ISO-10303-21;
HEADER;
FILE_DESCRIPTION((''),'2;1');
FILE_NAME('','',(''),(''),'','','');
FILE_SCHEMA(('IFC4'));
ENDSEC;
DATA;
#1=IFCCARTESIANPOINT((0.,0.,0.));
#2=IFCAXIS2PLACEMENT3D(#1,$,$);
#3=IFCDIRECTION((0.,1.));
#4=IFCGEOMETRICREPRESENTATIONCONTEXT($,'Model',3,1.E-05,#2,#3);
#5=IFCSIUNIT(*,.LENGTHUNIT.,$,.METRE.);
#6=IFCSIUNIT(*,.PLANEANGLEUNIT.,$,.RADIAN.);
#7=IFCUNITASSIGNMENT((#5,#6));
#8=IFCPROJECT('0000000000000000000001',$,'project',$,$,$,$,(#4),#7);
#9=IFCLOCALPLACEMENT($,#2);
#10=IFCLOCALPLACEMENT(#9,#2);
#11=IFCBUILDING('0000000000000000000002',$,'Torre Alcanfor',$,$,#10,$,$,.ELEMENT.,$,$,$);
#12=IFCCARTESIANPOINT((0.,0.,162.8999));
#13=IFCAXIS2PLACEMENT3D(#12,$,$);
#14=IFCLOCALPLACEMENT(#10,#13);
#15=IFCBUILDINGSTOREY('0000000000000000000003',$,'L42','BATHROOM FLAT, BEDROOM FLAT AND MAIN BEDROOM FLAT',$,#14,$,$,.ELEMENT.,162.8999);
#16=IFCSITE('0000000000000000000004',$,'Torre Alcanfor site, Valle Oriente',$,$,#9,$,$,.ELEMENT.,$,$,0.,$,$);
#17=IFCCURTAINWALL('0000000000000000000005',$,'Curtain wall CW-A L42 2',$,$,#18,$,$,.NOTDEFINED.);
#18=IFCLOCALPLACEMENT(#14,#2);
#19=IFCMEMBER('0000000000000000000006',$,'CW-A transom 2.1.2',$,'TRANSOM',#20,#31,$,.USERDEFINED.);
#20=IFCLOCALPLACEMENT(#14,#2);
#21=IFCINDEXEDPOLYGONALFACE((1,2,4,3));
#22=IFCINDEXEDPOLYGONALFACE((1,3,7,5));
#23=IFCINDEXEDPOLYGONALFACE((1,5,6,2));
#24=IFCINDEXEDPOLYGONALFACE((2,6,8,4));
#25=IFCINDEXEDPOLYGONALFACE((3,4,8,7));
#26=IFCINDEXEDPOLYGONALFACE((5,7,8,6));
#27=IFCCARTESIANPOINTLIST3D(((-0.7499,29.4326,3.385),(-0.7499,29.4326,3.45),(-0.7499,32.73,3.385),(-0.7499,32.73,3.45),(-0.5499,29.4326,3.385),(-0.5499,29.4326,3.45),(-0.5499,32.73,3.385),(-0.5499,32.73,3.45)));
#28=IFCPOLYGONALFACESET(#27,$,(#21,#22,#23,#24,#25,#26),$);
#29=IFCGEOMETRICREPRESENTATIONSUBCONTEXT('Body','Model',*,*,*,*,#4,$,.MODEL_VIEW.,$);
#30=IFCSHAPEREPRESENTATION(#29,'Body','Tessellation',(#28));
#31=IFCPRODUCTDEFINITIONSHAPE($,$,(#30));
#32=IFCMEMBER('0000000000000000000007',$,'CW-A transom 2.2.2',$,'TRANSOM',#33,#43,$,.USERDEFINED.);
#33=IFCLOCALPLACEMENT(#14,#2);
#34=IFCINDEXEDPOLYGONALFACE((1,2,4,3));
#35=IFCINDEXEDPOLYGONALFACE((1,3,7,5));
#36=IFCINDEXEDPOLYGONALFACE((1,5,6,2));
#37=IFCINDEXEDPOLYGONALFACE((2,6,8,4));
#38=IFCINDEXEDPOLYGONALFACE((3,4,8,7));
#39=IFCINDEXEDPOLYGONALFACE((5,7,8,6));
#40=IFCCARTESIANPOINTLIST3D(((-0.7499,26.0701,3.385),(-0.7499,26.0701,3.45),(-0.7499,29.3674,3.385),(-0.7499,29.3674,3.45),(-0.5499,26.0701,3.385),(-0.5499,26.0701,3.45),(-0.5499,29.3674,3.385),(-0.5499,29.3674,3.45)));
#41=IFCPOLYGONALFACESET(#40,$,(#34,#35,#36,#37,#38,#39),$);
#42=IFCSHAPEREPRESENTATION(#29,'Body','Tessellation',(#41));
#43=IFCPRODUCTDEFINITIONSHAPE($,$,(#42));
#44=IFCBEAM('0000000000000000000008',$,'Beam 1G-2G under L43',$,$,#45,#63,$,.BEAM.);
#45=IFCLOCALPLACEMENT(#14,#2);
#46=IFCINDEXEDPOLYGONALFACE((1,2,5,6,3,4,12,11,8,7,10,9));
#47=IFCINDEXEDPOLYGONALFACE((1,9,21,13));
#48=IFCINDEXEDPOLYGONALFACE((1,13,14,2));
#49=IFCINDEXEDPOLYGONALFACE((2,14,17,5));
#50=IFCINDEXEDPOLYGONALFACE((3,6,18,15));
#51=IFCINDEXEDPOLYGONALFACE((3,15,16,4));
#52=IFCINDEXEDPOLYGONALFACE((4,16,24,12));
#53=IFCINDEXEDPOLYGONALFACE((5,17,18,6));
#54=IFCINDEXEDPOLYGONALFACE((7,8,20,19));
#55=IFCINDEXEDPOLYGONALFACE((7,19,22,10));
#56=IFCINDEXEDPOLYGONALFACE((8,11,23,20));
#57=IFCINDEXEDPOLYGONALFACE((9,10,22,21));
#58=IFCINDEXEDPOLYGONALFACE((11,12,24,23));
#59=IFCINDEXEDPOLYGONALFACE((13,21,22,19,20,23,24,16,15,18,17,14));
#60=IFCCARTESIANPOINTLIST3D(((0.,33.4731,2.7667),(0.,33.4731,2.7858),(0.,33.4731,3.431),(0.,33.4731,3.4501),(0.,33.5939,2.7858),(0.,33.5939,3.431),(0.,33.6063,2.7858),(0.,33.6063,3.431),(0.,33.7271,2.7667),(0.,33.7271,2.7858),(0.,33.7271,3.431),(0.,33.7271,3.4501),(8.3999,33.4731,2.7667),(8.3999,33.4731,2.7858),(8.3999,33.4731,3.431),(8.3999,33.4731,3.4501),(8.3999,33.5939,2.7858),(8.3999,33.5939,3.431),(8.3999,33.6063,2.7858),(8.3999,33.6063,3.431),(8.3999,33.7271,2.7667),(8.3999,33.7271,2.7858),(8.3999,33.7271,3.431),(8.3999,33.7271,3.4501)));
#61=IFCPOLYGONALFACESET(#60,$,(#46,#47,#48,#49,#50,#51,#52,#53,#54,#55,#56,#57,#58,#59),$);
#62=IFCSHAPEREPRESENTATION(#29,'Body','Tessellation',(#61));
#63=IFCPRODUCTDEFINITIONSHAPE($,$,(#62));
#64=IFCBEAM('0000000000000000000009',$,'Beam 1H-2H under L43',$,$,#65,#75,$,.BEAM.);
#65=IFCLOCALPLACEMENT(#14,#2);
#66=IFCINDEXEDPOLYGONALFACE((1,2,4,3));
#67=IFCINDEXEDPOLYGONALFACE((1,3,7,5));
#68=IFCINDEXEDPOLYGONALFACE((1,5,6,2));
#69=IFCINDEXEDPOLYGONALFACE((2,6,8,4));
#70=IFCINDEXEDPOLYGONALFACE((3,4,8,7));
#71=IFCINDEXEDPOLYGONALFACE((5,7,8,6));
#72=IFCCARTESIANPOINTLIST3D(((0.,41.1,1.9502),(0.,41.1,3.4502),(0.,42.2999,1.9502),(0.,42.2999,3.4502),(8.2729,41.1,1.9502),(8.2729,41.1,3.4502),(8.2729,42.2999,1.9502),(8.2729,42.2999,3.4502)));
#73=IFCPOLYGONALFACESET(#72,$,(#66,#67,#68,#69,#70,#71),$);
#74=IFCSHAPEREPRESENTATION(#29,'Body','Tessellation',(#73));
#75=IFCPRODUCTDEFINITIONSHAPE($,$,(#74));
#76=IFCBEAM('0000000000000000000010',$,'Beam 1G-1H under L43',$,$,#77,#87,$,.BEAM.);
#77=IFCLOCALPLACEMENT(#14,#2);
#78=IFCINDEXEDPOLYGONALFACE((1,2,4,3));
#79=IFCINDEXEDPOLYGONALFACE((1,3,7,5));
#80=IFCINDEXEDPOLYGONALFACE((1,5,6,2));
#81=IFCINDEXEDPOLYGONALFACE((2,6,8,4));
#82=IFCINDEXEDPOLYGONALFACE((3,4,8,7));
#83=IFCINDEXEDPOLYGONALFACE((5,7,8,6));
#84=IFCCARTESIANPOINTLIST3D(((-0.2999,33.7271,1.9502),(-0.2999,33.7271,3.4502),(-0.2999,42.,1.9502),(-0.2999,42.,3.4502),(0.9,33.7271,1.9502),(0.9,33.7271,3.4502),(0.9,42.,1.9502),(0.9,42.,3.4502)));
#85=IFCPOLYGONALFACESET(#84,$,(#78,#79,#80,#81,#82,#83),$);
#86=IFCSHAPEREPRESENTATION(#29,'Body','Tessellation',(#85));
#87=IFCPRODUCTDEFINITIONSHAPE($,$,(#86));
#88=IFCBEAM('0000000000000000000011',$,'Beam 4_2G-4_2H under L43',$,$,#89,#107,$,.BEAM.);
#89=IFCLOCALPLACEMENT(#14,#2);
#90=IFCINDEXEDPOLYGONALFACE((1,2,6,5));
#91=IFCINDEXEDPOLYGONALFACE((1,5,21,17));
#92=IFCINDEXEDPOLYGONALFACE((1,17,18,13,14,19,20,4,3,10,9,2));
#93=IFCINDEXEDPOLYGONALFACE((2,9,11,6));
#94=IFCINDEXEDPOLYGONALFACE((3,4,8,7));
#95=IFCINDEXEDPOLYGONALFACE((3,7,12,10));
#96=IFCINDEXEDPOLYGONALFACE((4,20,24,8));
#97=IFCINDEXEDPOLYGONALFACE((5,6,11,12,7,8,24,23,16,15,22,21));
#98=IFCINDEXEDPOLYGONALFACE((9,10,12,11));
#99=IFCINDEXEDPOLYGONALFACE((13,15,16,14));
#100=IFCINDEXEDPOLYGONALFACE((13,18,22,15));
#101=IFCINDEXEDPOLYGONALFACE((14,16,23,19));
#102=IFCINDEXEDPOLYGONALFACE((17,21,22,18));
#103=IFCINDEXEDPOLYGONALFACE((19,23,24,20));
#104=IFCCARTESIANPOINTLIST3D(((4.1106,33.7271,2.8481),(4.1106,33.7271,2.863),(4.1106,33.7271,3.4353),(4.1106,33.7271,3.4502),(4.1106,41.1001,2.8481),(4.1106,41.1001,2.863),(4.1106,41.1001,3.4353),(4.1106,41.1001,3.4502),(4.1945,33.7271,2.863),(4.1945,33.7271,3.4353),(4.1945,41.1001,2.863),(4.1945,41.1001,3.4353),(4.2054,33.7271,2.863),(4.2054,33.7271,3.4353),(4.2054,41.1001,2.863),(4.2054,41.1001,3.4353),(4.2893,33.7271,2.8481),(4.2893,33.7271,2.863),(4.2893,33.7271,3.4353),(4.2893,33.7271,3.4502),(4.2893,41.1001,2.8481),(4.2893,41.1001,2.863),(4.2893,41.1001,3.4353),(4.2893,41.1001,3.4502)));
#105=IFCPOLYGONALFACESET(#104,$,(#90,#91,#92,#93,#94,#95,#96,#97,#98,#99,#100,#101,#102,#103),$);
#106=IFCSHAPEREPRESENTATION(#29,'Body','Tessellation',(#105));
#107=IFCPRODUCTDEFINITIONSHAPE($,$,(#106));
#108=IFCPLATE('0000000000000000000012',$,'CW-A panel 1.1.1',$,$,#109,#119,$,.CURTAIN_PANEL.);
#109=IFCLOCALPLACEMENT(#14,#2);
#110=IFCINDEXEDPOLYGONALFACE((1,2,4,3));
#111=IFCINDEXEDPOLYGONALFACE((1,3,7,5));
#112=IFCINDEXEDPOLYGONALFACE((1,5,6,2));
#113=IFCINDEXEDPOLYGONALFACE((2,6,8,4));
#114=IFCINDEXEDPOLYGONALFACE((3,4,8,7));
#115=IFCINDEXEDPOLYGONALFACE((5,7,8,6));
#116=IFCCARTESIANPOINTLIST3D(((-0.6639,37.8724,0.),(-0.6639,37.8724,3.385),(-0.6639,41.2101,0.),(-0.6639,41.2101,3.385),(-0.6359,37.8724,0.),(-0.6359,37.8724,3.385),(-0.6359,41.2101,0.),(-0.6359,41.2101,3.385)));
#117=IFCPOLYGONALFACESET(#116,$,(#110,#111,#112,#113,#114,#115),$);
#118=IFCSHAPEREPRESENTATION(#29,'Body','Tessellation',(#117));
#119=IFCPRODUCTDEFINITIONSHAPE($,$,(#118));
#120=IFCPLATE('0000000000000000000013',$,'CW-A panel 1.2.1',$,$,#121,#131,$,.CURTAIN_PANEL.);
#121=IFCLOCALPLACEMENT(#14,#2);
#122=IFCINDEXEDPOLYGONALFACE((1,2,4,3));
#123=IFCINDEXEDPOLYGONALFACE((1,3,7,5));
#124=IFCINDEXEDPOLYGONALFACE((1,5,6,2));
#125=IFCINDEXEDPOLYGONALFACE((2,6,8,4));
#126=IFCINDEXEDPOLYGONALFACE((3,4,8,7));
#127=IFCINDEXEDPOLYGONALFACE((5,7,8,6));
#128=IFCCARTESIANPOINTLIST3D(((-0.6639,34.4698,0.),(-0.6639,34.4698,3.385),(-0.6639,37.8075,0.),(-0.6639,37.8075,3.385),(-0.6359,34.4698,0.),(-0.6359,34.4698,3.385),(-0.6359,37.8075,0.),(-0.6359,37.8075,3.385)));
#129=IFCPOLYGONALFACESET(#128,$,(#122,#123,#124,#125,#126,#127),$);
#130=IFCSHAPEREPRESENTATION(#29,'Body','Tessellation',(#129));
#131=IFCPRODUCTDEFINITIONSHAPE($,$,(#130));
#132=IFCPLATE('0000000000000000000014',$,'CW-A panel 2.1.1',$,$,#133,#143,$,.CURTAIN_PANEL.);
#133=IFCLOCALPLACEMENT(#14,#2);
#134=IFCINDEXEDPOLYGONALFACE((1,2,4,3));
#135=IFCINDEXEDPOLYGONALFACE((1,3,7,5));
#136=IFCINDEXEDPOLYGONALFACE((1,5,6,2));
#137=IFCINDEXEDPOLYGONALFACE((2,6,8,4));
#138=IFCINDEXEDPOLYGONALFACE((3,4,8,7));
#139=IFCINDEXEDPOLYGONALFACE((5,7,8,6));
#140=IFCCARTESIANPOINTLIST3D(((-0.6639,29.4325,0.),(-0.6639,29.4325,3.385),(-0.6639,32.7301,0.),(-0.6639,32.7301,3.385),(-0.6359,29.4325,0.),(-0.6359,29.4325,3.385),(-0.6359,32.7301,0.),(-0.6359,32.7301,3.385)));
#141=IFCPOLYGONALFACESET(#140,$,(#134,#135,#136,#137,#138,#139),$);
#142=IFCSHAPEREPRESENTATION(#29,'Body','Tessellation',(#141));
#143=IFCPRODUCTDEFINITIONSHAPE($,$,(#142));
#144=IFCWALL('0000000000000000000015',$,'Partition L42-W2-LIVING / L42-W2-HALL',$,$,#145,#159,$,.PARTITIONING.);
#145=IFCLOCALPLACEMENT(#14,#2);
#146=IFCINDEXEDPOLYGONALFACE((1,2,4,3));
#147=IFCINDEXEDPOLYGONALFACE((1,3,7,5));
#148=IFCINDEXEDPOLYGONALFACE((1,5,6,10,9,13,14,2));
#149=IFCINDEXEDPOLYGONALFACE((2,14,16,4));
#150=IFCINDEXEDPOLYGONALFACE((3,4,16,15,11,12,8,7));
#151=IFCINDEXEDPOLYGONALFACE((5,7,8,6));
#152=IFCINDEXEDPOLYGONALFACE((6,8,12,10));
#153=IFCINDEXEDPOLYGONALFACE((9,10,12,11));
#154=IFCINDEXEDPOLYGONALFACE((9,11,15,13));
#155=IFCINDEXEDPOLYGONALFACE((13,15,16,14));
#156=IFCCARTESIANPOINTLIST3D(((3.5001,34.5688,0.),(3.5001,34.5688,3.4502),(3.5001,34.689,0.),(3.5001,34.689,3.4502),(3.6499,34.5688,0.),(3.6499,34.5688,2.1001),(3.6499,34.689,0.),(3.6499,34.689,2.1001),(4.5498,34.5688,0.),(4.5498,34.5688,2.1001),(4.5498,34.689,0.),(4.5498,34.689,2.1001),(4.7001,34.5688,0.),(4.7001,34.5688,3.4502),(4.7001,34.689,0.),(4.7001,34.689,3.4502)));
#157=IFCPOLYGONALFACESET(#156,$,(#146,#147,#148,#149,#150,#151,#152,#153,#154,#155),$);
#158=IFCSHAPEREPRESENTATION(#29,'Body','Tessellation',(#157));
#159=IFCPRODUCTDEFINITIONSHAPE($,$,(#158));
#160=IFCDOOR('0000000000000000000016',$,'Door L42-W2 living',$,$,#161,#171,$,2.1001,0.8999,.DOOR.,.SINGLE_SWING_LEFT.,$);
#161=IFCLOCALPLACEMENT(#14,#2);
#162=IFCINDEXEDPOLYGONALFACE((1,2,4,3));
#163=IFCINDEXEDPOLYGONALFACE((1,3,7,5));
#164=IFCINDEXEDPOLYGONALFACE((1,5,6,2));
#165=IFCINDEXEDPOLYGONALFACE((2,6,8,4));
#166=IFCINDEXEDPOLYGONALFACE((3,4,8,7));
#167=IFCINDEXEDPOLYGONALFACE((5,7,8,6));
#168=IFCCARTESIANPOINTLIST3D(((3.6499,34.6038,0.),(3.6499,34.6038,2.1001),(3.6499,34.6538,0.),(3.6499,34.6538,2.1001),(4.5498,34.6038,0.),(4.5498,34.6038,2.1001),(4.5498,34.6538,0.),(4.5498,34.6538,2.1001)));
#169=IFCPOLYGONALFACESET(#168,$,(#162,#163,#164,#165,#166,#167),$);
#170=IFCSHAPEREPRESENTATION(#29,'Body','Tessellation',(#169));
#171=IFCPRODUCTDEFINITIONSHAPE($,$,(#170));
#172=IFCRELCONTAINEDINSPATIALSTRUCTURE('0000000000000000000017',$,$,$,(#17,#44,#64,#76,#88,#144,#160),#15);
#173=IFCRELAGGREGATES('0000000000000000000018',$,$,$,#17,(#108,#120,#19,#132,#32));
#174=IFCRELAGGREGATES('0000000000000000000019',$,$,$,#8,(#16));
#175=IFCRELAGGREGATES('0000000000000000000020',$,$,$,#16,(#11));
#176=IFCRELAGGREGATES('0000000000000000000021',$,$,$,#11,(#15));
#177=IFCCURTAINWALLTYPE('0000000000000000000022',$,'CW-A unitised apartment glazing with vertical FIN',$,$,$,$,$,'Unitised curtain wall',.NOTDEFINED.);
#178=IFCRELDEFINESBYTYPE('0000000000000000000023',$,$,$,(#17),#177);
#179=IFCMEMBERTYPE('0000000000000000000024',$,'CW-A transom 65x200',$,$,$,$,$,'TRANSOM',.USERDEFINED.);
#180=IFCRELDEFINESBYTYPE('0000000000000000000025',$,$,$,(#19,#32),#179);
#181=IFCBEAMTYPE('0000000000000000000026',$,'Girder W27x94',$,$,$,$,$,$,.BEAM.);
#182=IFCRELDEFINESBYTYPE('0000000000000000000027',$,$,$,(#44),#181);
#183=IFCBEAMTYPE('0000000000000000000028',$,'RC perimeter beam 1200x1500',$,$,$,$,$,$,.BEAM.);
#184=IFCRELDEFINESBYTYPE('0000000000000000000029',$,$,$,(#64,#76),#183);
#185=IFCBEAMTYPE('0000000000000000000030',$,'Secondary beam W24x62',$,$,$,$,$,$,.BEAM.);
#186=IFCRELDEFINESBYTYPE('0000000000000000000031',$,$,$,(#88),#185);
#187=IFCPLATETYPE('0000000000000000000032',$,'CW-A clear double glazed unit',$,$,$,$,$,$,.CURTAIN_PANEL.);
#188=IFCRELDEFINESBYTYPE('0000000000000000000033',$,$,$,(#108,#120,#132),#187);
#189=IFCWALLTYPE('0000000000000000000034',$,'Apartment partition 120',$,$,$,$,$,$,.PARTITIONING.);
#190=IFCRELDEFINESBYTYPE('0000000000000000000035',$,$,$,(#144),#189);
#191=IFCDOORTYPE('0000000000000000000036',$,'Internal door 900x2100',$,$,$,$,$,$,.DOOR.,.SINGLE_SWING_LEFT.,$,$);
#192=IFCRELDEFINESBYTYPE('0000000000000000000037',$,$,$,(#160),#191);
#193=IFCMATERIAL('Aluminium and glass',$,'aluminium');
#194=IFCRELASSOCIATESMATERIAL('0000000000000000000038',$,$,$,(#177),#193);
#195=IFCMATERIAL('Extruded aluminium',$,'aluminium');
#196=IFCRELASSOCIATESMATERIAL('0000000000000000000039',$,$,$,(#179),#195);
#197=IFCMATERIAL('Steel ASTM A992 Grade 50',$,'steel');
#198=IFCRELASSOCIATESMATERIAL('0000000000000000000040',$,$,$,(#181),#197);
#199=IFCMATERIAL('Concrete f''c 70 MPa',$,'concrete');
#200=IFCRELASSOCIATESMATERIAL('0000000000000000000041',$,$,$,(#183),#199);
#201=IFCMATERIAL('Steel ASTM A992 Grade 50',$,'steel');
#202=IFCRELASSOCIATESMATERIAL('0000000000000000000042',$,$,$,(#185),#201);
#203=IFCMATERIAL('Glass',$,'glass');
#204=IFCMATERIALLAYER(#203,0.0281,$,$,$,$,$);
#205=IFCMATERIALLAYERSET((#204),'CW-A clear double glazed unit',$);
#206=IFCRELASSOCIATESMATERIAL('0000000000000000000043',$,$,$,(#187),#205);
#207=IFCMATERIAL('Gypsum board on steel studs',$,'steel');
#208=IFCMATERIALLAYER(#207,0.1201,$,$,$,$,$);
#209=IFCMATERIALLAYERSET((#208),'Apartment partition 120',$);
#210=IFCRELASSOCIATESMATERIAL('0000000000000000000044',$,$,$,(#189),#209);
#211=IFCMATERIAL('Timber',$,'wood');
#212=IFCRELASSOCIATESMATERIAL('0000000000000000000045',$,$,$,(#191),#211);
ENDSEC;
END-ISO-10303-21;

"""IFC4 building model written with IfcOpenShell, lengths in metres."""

from ifc_helpers import new_model, si_unit, direction, frame, frame_2d, origin, origin_2d, place, context, subcontext, project, spatial, rectangle, i_section, extrude, material, layer, layer_set, material_profile, profile_set, type_object, element, fill, aggregate, save


model = new_model("IFC4")

# Units and contexts
model_context = context("Model", 3, precision=1e-05, world=origin(), true_north=direction((0.0, 1.0)))
body_context = subcontext(model_context, "Body", "Model", "MODEL_VIEW")
ifc_project = project(units=[si_unit("LENGTHUNIT", "METRE"), si_unit("PLANEANGLEUNIT", "RADIAN")], contexts=[model_context])

# Site, building, storey
site_placement = place(None, origin())
site = spatial("IfcSite", under=ifc_project, at=site_placement, Name="Torre Alcanfor site, Valle Oriente", CompositionType="ELEMENT", RefElevation=0.0)
building_placement = place(site_placement, origin())
building = spatial("IfcBuilding", under=site, at=building_placement, Name="Torre Alcanfor", CompositionType="ELEMENT")
storey_placement = place(building_placement, frame((0.0, 0.0, 162.8999)))
storey = spatial("IfcBuildingStorey", under=building, at=storey_placement, Name="L42", Description="BATHROOM FLAT, BEDROOM FLAT AND MAIN BEDROOM FLAT", CompositionType="ELEMENT", Elevation=162.8999)

# Curtain wall, members
ifc_material_1 = material(Name="Aluminium and glass", Category="aluminium")
curtain_wall_type = type_object("IfcCurtainWallType", Name="CW-A unitised apartment glazing with vertical FIN", ElementType="Unitised curtain wall", PredefinedType="NOTDEFINED", material=ifc_material_1)
curtain_wall_placement = place(storey_placement, origin())
curtain_wall = element("IfcCurtainWall", 1, at=curtain_wall_placement, inside=storey, type_object=curtain_wall_type, Name="Curtain wall CW-A L42 2", PredefinedType="NOTDEFINED")
ifc_material_2 = material(Name="Extruded aluminium", Category="aluminium")
ifc_material_profile_1 = material_profile(ifc_material_2, rectangle(XDim=0.2, YDim=0.0649, at=origin_2d()), Name="CW-A transom 200x65")
ifc_profile_set_1 = profile_set([ifc_material_profile_1], Name="Extruded aluminium")
member_type_1 = type_object("IfcMemberType", Name="CW-A transom 65x200", ElementType="TRANSOM", PredefinedType="USERDEFINED", material=ifc_profile_set_1)
member_1_placement = place(storey_placement, frame((-0.6499, 32.73, 3.4175), z_axis=(0.0, -1.0, 0.0), x_axis=(1.0, 0.0, 0.0)))
member_1 = element("IfcMember", 2, at=member_1_placement, type_object=member_type_1, Name="CW-A transom 2.1.2", ObjectType="TRANSOM", PredefinedType="USERDEFINED", context=body_context, shape_type="SweptSolid", body=[
    extrude(rectangle(XDim=0.2, YDim=0.0649, at=origin_2d()), origin(), (0.0, 0.0, 1.0), 3.2974),
])
member_2_placement = place(storey_placement, frame((-0.6499, 29.3674, 3.4175), z_axis=(0.0, -1.0, 0.0), x_axis=(1.0, 0.0, 0.0)))
member_2 = element("IfcMember", 3, at=member_2_placement, type_object=member_type_1, Name="CW-A transom 2.2.2", ObjectType="TRANSOM", PredefinedType="USERDEFINED", context=body_context, shape_type="SweptSolid", body=[
    extrude(rectangle(XDim=0.2, YDim=0.0649, at=origin_2d()), origin(), (0.0, 0.0, 1.0), 3.2974),
])

# Beams
ifc_material_3 = material(Name="Steel ASTM A992 Grade 50", Category="steel")
ifc_material_profile_2 = material_profile(ifc_material_3, i_section(OverallWidth=0.2539, OverallDepth=0.6833, WebThickness=0.0125, FlangeThickness=0.019, at=origin_2d()), Name="W27x94")
ifc_profile_set_2 = profile_set([ifc_material_profile_2], Name="Steel ASTM A992 Grade 50")
beam_type_1 = type_object("IfcBeamType", Name="Girder W27x94", PredefinedType="BEAM", material=ifc_profile_set_2)
beam_1_placement = place(storey_placement, frame((0.0, 33.6001, 3.1084), z_axis=(1.0, 0.0, 0.0), x_axis=(0.0, 1.0, 0.0)))
element("IfcBeam", 4, at=beam_1_placement, inside=storey, type_object=beam_type_1, Name="Beam 1G-2G under L43", PredefinedType="BEAM", context=body_context, shape_type="SweptSolid", body=[
    extrude(i_section(OverallWidth=0.2539, OverallDepth=0.6833, WebThickness=0.0125, FlangeThickness=0.019, at=origin_2d()), origin(), (0.0, 0.0, 1.0), 8.3999),
])
ifc_material_4 = material(Name="Concrete f'c 70 MPa", Category="concrete")
ifc_material_profile_3 = material_profile(ifc_material_4, rectangle(XDim=1.2, YDim=1.5, at=origin_2d()), Name="1200x1500")
ifc_profile_set_3 = profile_set([ifc_material_profile_3], Name="Concrete f'c 70 MPa")
beam_type_2 = type_object("IfcBeamType", Name="RC perimeter beam 1200x1500", PredefinedType="BEAM", material=ifc_profile_set_3)
for number, where, z_axis, x_axis, name in (
    (5, (0.0, 41.7, 2.7002), (1.0, 0.0, 0.0), (0.0, 1.0, 0.0), "Beam 1H-2H under L43"),
    (6, (0.3, 33.7271, 2.7002), (0.0, 1.0, 0.0), (-1.0, 0.0, 0.0), "Beam 1G-1H under L43"),
):
    element("IfcBeam", number, at=place(storey_placement, frame(where, z_axis=z_axis, x_axis=x_axis)), inside=storey, type_object=beam_type_2, Name=name, PredefinedType="BEAM", context=body_context, shape_type="SweptSolid", body=[
        extrude(rectangle(XDim=1.2, YDim=1.5, at=origin_2d()), origin(), (0.0, 0.0, 1.0), 8.2729),
    ])
ifc_material_5 = material(Name="Steel ASTM A992 Grade 50", Category="steel")
ifc_material_profile_4 = material_profile(ifc_material_5, i_section(OverallWidth=0.1787, OverallDepth=0.6021, WebThickness=0.011, FlangeThickness=0.0149, at=origin_2d()), Name="W24x62")
ifc_profile_set_4 = profile_set([ifc_material_profile_4], Name="Steel ASTM A992 Grade 50")
beam_type_3 = type_object("IfcBeamType", Name="Secondary beam W24x62", PredefinedType="BEAM", material=ifc_profile_set_4)
beam_2_placement = place(storey_placement, frame((4.2, 33.7271, 3.1492), z_axis=(0.0, 1.0, 0.0), x_axis=(-1.0, 0.0, 0.0)))
element("IfcBeam", 7, at=beam_2_placement, inside=storey, type_object=beam_type_3, Name="Beam 4_2G-4_2H under L43", PredefinedType="BEAM", context=body_context, shape_type="SweptSolid", body=[
    extrude(i_section(OverallWidth=0.1787, OverallDepth=0.6021, WebThickness=0.011, FlangeThickness=0.0149, at=origin_2d()), origin(), (0.0, 0.0, 1.0), 7.373),
])

# Plates
ifc_material_6 = material(Name="Glass", Category="glass")
ifc_layer_1 = layer(ifc_material_6, 0.0281)
ifc_layer_set_1 = layer_set([ifc_layer_1], Name="CW-A clear double glazed unit")
plate_type = type_object("IfcPlateType", Name="CW-A clear double glazed unit", PredefinedType="CURTAIN_PANEL", material=ifc_layer_set_1)
plate_1_placement = place(storey_placement, frame((-0.6499, 39.5413, 0.0), z_axis=(0.0, 0.0, 1.0), x_axis=(0.0, -1.0, 0.0)))
plate_1 = element("IfcPlate", 8, at=plate_1_placement, type_object=plate_type, Name="CW-A panel 1.1.1", PredefinedType="CURTAIN_PANEL", context=body_context, shape_type="SweptSolid", body=[
    extrude(rectangle(XDim=3.3376, YDim=0.0281, at=origin_2d()), origin(), (0.0, 0.0, 1.0), 3.385),
])
plate_2_placement = place(storey_placement, frame((-0.6499, 36.1387, 0.0), z_axis=(0.0, 0.0, 1.0), x_axis=(0.0, -1.0, 0.0)))
plate_2 = element("IfcPlate", 9, at=plate_2_placement, type_object=plate_type, Name="CW-A panel 1.2.1", PredefinedType="CURTAIN_PANEL", context=body_context, shape_type="SweptSolid", body=[
    extrude(rectangle(XDim=3.3376, YDim=0.0281, at=origin_2d()), origin(), (0.0, 0.0, 1.0), 3.385),
])
plate_3_placement = place(storey_placement, frame((-0.6499, 31.0813, 0.0), z_axis=(0.0, 0.0, 1.0), x_axis=(0.0, -1.0, 0.0)))
plate_3 = element("IfcPlate", 10, at=plate_3_placement, type_object=plate_type, Name="CW-A panel 2.1.1", PredefinedType="CURTAIN_PANEL", context=body_context, shape_type="SweptSolid", body=[
    extrude(rectangle(XDim=3.2976, YDim=0.0281, at=origin_2d()), origin(), (0.0, 0.0, 1.0), 3.385),
])
aggregate(curtain_wall, [plate_1, plate_2, member_1, plate_3, member_2])

# Wall, opening, door
ifc_material_7 = material(Name="Gypsum board on steel studs", Category="steel")
ifc_layer_2 = layer(ifc_material_7, 0.1201)
ifc_layer_set_2 = layer_set([ifc_layer_2], Name="Apartment partition 120")
wall_type_1 = type_object("IfcWallType", Name="Apartment partition 120", PredefinedType="PARTITIONING", material=ifc_layer_set_2)
wall_1_placement = place(storey_placement, frame((3.5, 34.6289, 0.0), z_axis=(0.0, 0.0, 1.0), x_axis=(1.0, 0.0, 0.0)))
wall_1 = element("IfcWall", 11, at=wall_1_placement, inside=storey, type_object=wall_type_1, Name="Partition L42-W2-LIVING / L42-W2-HALL", PredefinedType="PARTITIONING", context=body_context, shape_type="SweptSolid", body=[
    extrude(rectangle(XDim=1.2, YDim=0.1201, at=frame_2d((0.6001, 0.0))), origin(), (0.0, 0.0, 1.0), 3.4502),
])
opening_1_placement = place(wall_1_placement, frame((0.1499, 0.0, 0.0)))
opening_1 = element("IfcOpeningElement", 12, at=opening_1_placement, cuts=wall_1, PredefinedType="OPENING", context=body_context, shape_type="SweptSolid", body=[
    extrude(rectangle(XDim=0.8999, YDim=2.1001, at=frame_2d((0.45, 1.05))), frame((0.0, 0.0701, 0.0), z_axis=(0.0, -1.0, 0.0), x_axis=(1.0, 0.0, 0.0)), (0.0, 0.0, 1.0), 0.1401),
])
ifc_material_8 = material(Name="Timber", Category="wood")
door_type = type_object("IfcDoorType", Name="Internal door 900x2100", OperationType="SINGLE_SWING_LEFT", PredefinedType="DOOR", material=ifc_material_8)
door_1_placement = place(opening_1_placement, frame((0.8999, 0.0, 0.0), z_axis=(0.0, 0.0, 1.0), x_axis=(-1.0, 0.0, 0.0)))
door_1 = element("IfcDoor", 13, at=door_1_placement, inside=storey, type_object=door_type, Name="Door L42-W2 living", OperationType="SINGLE_SWING_LEFT", OverallHeight=2.1001, OverallWidth=0.8999, PredefinedType="DOOR", context=body_context, shape_type="SweptSolid", body=[
    extrude(rectangle(XDim=0.8999, YDim=2.1001, at=frame_2d((0.45, 1.05))), frame((0.0, 0.0251, 0.0), z_axis=(0.0, -1.0, 0.0), x_axis=(1.0, 0.0, 0.0)), (0.0, 0.0, 1.0), 0.05),
])
fill(opening_1, door_1)

save(model, "model.ifc")
